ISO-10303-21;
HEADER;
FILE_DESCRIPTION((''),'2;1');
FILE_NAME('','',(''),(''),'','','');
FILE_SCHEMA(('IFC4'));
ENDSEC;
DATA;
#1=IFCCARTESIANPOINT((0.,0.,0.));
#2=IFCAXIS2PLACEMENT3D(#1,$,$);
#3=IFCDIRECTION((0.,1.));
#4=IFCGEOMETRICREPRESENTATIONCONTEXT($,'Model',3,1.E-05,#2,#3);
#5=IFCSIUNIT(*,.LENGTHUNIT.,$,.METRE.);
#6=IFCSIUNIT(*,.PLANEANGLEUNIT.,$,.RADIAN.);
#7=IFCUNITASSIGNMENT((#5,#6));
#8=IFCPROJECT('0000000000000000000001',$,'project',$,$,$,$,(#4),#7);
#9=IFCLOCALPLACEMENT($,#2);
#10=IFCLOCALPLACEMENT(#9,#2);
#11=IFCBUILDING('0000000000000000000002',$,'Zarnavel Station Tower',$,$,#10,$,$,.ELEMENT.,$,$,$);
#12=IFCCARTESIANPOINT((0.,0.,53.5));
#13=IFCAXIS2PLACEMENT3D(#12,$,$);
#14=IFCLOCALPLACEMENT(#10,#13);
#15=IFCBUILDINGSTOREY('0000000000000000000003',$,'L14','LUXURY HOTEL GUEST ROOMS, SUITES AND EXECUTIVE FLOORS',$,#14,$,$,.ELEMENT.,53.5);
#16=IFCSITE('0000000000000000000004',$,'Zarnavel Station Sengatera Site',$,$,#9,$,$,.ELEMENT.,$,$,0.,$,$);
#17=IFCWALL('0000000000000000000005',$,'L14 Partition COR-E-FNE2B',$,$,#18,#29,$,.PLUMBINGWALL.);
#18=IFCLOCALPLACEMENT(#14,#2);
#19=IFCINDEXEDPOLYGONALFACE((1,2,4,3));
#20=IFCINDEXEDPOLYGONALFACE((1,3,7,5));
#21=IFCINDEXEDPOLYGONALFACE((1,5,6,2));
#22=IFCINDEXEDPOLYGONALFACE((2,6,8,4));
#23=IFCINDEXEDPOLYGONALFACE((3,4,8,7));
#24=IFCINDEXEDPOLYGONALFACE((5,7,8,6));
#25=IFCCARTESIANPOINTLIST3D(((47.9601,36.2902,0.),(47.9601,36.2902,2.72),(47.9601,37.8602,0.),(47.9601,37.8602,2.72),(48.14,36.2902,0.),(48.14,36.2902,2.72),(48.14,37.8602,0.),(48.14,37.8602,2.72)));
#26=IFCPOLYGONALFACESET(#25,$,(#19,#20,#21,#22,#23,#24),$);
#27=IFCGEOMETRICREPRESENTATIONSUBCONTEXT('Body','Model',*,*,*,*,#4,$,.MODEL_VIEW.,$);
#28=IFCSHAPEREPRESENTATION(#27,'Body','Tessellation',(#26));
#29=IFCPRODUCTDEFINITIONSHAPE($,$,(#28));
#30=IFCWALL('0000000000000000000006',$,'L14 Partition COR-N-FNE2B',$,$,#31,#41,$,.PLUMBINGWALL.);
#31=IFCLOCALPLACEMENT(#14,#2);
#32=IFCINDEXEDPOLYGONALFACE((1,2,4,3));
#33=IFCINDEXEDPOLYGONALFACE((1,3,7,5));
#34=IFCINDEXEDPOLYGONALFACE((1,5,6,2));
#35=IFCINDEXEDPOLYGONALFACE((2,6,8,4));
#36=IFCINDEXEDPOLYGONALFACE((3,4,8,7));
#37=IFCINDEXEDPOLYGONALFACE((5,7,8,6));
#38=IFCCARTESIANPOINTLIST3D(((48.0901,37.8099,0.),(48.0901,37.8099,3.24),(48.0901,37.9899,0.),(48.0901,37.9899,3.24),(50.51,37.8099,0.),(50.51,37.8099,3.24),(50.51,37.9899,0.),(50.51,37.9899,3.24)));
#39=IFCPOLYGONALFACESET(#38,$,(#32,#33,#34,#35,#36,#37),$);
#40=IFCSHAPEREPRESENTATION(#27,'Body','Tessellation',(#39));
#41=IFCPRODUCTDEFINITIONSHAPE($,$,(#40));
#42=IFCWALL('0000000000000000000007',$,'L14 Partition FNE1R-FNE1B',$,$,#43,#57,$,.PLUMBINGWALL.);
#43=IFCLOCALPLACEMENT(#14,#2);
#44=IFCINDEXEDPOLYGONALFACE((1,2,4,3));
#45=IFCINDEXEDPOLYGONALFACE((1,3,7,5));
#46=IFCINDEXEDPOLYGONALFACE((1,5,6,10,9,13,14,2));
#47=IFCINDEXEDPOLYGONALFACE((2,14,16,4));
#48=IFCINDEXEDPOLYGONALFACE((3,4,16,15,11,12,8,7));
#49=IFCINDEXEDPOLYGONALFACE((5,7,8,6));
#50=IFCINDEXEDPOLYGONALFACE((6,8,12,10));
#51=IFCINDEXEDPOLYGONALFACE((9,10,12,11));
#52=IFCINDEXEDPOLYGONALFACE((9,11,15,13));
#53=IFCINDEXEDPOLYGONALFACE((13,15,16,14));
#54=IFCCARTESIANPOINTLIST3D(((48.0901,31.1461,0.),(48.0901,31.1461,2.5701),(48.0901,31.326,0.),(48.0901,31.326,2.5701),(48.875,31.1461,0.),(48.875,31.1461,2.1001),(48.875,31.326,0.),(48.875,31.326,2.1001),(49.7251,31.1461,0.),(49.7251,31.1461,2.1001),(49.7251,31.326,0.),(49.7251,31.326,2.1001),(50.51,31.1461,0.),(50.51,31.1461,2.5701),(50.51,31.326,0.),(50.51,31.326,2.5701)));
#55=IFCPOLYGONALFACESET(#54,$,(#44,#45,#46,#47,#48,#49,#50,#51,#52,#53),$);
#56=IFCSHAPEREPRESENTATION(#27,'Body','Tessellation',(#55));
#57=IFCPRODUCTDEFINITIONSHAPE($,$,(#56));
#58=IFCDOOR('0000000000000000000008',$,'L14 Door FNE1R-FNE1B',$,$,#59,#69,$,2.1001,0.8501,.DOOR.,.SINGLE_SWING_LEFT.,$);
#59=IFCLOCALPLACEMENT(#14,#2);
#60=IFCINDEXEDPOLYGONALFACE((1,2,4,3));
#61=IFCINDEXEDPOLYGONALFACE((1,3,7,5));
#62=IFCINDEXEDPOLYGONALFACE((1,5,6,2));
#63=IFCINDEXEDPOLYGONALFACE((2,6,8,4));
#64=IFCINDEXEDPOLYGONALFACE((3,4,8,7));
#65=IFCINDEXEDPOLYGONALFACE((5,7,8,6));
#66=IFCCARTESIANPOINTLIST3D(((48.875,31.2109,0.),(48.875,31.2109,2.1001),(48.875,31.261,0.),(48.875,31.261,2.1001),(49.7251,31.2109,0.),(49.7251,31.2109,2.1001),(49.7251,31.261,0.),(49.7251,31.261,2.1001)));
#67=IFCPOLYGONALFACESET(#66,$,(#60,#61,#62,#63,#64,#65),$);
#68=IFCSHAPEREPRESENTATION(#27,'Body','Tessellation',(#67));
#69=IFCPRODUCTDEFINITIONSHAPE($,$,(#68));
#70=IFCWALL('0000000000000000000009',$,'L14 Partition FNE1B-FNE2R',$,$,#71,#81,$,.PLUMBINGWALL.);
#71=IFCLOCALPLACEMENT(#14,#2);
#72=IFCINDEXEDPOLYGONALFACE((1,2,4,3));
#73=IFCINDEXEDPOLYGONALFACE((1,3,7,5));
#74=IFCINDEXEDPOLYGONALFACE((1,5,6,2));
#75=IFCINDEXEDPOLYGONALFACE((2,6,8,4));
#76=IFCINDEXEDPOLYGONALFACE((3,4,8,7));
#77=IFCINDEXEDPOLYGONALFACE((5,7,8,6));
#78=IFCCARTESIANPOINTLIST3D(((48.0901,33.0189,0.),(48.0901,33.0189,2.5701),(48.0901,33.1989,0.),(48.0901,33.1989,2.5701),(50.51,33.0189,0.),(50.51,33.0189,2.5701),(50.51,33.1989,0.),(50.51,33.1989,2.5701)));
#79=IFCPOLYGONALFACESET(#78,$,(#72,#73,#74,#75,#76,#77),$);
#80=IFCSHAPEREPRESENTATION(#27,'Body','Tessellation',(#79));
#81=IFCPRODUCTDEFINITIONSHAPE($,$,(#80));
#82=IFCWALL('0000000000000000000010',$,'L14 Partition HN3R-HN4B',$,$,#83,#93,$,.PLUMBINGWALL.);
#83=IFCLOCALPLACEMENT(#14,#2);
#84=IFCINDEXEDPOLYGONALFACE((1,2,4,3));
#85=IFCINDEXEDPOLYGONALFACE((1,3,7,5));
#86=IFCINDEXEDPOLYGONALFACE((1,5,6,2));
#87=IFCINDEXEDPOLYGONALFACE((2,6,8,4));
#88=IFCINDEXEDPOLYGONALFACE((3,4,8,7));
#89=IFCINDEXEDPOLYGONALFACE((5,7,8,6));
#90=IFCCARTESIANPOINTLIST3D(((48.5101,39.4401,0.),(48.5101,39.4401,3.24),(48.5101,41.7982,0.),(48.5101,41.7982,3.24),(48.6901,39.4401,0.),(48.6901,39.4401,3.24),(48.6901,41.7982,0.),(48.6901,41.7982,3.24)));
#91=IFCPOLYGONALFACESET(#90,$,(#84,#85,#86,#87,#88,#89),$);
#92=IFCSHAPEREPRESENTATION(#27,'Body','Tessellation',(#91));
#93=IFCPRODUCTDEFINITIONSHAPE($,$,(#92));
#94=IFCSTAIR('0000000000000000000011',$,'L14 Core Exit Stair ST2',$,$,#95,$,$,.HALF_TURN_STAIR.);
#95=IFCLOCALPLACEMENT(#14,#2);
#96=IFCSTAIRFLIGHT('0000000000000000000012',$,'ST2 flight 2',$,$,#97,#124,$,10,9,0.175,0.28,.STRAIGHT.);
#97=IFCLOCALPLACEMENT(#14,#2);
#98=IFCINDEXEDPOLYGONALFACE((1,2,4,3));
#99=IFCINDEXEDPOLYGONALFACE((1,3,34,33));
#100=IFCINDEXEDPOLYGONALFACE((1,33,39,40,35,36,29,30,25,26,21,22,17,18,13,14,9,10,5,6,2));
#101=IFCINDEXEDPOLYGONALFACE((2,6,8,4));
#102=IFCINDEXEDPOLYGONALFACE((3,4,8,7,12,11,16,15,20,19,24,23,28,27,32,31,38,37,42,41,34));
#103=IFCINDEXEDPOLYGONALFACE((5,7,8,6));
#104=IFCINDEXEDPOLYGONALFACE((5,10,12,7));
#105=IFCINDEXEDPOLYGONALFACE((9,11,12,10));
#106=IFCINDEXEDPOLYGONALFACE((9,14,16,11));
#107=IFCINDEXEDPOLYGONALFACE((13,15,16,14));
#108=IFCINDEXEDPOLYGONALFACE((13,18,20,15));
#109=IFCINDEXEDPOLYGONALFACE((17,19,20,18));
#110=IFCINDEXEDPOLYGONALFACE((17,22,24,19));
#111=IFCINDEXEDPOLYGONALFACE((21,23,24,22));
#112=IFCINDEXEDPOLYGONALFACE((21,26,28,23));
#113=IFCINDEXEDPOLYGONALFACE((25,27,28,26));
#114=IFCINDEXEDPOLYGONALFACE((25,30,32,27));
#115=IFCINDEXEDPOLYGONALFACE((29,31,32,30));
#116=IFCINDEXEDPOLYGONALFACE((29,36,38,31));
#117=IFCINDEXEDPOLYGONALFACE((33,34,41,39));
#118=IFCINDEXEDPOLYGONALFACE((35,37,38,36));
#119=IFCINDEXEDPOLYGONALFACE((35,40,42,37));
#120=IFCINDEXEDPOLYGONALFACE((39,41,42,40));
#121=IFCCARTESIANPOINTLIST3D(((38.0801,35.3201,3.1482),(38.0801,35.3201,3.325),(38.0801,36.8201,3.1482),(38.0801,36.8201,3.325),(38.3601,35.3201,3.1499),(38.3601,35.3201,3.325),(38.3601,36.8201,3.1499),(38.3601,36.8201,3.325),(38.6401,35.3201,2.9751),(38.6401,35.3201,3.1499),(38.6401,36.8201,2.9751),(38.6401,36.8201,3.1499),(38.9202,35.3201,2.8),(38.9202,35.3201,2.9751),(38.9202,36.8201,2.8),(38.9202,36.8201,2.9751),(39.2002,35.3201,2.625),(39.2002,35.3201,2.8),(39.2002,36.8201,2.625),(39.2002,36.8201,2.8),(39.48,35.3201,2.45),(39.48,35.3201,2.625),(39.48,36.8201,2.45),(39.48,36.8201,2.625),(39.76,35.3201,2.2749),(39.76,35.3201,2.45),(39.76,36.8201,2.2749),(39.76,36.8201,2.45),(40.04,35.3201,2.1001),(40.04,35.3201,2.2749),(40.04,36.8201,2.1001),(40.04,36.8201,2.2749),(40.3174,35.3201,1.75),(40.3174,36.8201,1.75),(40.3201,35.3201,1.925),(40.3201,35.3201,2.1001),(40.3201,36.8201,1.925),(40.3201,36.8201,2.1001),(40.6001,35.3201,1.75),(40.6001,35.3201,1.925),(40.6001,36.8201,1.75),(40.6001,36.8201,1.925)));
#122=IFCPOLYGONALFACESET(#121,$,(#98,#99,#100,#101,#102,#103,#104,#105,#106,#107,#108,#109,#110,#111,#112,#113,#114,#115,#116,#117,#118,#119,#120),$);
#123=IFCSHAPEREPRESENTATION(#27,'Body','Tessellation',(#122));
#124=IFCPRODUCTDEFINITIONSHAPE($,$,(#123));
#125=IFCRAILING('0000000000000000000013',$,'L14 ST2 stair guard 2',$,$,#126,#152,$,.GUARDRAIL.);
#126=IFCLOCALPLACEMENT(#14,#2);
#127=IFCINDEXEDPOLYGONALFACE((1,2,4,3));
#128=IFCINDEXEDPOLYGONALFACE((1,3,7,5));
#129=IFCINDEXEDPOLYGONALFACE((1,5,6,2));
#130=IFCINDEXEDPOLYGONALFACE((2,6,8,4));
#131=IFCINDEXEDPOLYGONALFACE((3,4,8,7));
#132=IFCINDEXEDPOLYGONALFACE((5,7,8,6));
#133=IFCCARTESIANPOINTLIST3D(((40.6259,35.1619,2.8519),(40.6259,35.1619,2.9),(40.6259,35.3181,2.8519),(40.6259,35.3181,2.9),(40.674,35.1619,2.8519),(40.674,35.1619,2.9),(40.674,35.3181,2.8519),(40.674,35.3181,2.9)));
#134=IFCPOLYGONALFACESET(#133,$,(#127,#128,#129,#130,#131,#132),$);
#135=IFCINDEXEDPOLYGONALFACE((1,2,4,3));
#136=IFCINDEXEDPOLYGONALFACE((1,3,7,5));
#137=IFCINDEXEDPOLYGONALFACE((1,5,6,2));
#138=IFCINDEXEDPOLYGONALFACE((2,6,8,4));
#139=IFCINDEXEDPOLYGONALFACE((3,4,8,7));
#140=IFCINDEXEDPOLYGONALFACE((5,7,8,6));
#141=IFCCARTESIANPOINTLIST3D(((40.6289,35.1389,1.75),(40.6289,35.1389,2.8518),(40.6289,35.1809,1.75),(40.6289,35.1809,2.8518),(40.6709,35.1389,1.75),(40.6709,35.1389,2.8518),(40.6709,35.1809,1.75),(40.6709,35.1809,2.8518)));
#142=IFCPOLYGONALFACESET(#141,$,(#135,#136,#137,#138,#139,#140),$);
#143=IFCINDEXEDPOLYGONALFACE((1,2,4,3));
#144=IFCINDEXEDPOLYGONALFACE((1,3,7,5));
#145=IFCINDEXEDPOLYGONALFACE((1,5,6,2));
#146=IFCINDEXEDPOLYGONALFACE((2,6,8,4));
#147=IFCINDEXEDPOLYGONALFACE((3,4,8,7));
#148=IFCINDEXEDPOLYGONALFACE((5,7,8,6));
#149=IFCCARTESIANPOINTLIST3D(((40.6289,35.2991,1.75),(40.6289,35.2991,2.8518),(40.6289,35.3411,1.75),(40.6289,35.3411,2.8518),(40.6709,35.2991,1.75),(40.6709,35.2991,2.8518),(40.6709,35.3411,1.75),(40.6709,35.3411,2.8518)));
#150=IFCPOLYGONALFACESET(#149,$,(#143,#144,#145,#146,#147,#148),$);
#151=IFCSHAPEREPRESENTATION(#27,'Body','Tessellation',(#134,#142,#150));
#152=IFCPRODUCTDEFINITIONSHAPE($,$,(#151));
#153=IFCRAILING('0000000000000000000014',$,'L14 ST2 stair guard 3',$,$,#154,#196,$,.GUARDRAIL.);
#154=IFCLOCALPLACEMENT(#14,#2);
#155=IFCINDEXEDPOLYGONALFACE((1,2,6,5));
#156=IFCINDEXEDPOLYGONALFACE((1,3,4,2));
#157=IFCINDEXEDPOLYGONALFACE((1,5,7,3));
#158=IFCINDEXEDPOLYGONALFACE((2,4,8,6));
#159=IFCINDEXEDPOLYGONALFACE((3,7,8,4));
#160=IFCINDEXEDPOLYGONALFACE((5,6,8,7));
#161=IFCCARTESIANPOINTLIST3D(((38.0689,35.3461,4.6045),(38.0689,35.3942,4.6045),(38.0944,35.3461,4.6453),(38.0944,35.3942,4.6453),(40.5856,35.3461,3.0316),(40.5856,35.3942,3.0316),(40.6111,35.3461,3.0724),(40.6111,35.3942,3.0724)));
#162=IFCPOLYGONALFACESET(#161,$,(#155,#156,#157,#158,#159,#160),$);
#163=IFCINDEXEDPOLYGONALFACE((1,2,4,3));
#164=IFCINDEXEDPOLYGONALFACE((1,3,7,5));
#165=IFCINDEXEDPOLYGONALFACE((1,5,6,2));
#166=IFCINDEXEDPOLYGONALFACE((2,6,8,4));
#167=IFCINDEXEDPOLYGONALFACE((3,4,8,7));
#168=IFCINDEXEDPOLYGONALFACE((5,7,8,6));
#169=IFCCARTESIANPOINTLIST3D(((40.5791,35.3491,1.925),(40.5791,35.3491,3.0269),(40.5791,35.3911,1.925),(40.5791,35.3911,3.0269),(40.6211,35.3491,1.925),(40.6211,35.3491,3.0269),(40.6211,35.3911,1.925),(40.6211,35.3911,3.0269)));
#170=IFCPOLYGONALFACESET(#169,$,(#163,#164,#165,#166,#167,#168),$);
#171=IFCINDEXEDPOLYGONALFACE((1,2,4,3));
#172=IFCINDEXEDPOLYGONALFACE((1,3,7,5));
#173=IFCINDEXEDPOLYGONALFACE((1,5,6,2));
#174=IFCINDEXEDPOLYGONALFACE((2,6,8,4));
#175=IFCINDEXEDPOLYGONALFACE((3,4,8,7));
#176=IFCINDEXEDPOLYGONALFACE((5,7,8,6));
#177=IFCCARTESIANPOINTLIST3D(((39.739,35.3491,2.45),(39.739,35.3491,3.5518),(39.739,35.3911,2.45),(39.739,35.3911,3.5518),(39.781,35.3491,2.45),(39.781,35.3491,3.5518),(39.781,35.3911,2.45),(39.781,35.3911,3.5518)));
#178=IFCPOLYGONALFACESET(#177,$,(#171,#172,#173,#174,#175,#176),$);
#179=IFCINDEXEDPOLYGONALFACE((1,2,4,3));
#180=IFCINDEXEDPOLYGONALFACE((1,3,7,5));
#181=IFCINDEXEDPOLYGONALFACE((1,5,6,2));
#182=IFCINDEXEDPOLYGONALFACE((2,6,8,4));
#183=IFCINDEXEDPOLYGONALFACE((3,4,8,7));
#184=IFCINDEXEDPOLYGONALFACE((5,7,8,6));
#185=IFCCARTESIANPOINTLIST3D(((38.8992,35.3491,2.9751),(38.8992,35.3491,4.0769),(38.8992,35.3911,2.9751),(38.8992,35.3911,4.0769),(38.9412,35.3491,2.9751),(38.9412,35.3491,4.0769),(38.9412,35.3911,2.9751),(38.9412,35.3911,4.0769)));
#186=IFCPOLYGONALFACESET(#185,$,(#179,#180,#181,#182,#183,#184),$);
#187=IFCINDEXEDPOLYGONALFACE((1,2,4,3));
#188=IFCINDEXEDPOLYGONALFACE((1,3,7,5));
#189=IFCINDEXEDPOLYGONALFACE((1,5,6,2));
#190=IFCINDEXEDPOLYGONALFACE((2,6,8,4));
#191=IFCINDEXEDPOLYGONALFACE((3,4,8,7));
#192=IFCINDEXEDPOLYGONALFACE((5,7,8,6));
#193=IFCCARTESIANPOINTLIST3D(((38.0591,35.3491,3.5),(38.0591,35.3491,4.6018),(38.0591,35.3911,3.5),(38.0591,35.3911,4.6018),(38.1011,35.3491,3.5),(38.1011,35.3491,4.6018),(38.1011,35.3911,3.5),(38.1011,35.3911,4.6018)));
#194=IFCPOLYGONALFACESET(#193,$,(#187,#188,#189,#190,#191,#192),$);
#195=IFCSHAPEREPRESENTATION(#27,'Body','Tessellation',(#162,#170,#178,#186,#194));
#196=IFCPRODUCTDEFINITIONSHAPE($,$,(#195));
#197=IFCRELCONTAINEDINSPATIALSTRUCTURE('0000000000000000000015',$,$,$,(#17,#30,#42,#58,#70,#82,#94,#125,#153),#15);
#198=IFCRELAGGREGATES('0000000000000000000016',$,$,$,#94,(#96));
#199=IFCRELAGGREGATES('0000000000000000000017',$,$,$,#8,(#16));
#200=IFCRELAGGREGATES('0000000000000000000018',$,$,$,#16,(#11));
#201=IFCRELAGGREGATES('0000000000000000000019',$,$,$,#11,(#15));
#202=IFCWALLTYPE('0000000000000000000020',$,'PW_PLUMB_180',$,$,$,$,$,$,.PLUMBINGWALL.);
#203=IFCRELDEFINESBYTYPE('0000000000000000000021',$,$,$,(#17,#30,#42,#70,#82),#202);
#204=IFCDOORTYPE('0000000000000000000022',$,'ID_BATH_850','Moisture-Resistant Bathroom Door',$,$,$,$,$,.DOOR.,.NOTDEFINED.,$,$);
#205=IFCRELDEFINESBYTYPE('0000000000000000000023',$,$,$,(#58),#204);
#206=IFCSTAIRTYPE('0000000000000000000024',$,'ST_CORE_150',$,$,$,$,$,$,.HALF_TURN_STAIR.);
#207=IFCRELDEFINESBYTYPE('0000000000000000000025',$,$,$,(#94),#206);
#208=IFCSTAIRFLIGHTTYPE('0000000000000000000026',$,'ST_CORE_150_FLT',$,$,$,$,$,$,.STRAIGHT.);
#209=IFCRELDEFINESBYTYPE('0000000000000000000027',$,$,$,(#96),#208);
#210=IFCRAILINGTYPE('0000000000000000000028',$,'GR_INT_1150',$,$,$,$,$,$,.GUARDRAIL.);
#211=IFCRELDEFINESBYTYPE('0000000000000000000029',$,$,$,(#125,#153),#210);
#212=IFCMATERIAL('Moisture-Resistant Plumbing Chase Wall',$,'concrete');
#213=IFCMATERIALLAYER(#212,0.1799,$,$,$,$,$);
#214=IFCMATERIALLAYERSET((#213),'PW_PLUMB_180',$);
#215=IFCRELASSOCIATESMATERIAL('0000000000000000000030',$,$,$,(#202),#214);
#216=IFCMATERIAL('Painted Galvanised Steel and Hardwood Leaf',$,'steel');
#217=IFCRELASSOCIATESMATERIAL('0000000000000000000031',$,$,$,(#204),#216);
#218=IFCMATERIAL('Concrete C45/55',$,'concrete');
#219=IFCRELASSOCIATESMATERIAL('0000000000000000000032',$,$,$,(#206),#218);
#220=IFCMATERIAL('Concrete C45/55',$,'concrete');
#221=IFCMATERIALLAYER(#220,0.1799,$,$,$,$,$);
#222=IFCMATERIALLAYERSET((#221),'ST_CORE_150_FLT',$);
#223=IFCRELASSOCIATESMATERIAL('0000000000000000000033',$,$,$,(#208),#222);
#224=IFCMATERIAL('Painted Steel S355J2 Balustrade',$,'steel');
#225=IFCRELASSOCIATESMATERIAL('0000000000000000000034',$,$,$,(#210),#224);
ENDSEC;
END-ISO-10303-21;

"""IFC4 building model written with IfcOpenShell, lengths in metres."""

from ifc_helpers import new_model, si_unit, direction, frame, frame_2d, origin, origin_2d, place, context, subcontext, project, spatial, polyline, rectangle, outline, extrude, material, layer, layer_set, type_object, element, fill, aggregate, save


model = new_model("IFC4")

# Units and contexts
model_context = context("Model", 3, precision=1e-05, world=origin(), true_north=direction((0.0, 1.0)))
body_context = subcontext(model_context, "Body", "Model", "MODEL_VIEW")
ifc_project = project(units=[si_unit("LENGTHUNIT", "METRE"), si_unit("PLANEANGLEUNIT", "RADIAN")], contexts=[model_context])

# Site, building, storey
site_placement = place(None, origin())
site = spatial("IfcSite", under=ifc_project, at=site_placement, Name="Zarnavel Station Sengatera Site", CompositionType="ELEMENT", RefElevation=0.0)
building_placement = place(site_placement, origin())
building = spatial("IfcBuilding", under=site, at=building_placement, Name="Zarnavel Station Tower", CompositionType="ELEMENT")
storey_placement = place(building_placement, frame((0.0, 0.0, 53.5)))
storey = spatial("IfcBuildingStorey", under=building, at=storey_placement, Name="L14", Description="LUXURY HOTEL GUEST ROOMS, SUITES AND EXECUTIVE FLOORS", CompositionType="ELEMENT", Elevation=53.5)

# Walls
ifc_material_1 = material(Name="Moisture-Resistant Plumbing Chase Wall", Category="concrete")
ifc_layer_1 = layer(ifc_material_1, 0.1799)
ifc_layer_set_1 = layer_set([ifc_layer_1], Name="PW_PLUMB_180")
wall_type_1 = type_object("IfcWallType", Name="PW_PLUMB_180", PredefinedType="PLUMBINGWALL", material=ifc_layer_set_1)
wall_1_placement = place(storey_placement, frame((48.05, 36.29, 0.0), z_axis=(0.0, 0.0, 1.0), x_axis=(0.0, 1.0, 0.0)))
element("IfcWall", 1, at=wall_1_placement, inside=storey, type_object=wall_type_1, Name="L14 Partition COR-E-FNE2B", PredefinedType="PLUMBINGWALL", context=body_context, shape_type="SweptSolid", body=[
    extrude(rectangle(XDim=1.5701, YDim=0.1799, at=frame_2d((0.7852, 0.0))), origin(), (0.0, 0.0, 1.0), 2.72),
])
wall_2_placement = place(storey_placement, frame((48.0901, 37.8999, 0.0), z_axis=(0.0, 0.0, 1.0), x_axis=(1.0, 0.0, 0.0)))
element("IfcWall", 2, at=wall_2_placement, inside=storey, type_object=wall_type_1, Name="L14 Partition COR-N-FNE2B", PredefinedType="PLUMBINGWALL", context=body_context, shape_type="SweptSolid", body=[
    extrude(rectangle(XDim=2.4199, YDim=0.1799, at=frame_2d((1.21, 0.0))), origin(), (0.0, 0.0, 1.0), 3.24),
])

# Wall, opening, door
wall_3_placement = place(storey_placement, frame((48.0901, 31.2361, 0.0), z_axis=(0.0, 0.0, 1.0), x_axis=(1.0, 0.0, 0.0)))
wall_3 = element("IfcWall", 3, at=wall_3_placement, inside=storey, type_object=wall_type_1, Name="L14 Partition FNE1R-FNE1B", PredefinedType="PLUMBINGWALL", context=body_context, shape_type="SweptSolid", body=[
    extrude(rectangle(XDim=2.4199, YDim=0.1799, at=frame_2d((1.21, 0.0))), origin(), (0.0, 0.0, 1.0), 2.5701),
])
opening_1_placement = place(wall_3_placement, frame((0.7849, 0.0, 0.0)))
opening_1 = element("IfcOpeningElement", 4, at=opening_1_placement, cuts=wall_3, PredefinedType="OPENING", context=body_context, shape_type="SweptSolid", body=[
    extrude(rectangle(XDim=0.8501, YDim=2.1001, at=frame_2d((0.425, 1.05))), frame((0.0, 0.0999, 0.0), z_axis=(0.0, -1.0, 0.0), x_axis=(1.0, 0.0, 0.0)), (0.0, 0.0, 1.0), 0.2),
])
ifc_material_2 = material(Name="Painted Galvanised Steel and Hardwood Leaf", Category="steel")
door_type_1 = type_object("IfcDoorType", Name="ID_BATH_850", Description="Moisture-Resistant Bathroom Door", OperationType="NOTDEFINED", PredefinedType="DOOR", material=ifc_material_2)
door_1_placement = place(opening_1_placement, origin())
door_1 = element("IfcDoor", 5, at=door_1_placement, inside=storey, type_object=door_type_1, Name="L14 Door FNE1R-FNE1B", OperationType="SINGLE_SWING_LEFT", OverallHeight=2.1001, OverallWidth=0.8501, PredefinedType="DOOR", context=body_context, shape_type="SweptSolid", body=[
    extrude(rectangle(XDim=0.8501, YDim=2.1001, at=frame_2d((0.425, 1.05))), frame((0.0, 0.0249, 0.0), z_axis=(0.0, -1.0, 0.0), x_axis=(1.0, 0.0, 0.0)), (0.0, 0.0, 1.0), 0.05),
])
fill(opening_1, door_1)

# Walls
wall_4_placement = place(storey_placement, frame((48.0901, 33.1089, 0.0), z_axis=(0.0, 0.0, 1.0), x_axis=(1.0, 0.0, 0.0)))
element("IfcWall", 6, at=wall_4_placement, inside=storey, type_object=wall_type_1, Name="L14 Partition FNE1B-FNE2R", PredefinedType="PLUMBINGWALL", context=body_context, shape_type="SweptSolid", body=[
    extrude(rectangle(XDim=2.4199, YDim=0.1799, at=frame_2d((1.21, 0.0))), origin(), (0.0, 0.0, 1.0), 2.5701),
])
wall_5_placement = place(storey_placement, frame((48.6001, 39.4399, 0.0), z_axis=(0.0, 0.0, 1.0), x_axis=(0.0, 1.0, 0.0)))
element("IfcWall", 7, at=wall_5_placement, inside=storey, type_object=wall_type_1, Name="L14 Partition HN3R-HN4B", PredefinedType="PLUMBINGWALL", context=body_context, shape_type="SweptSolid", body=[
    extrude(rectangle(XDim=2.3582, YDim=0.1799, at=frame_2d((1.1792, 0.0))), origin(), (0.0, 0.0, 1.0), 3.24),
])

# Stair, stair flight
ifc_material_3 = material(Name="Concrete C45/55", Category="concrete")
stair_type = type_object("IfcStairType", Name="ST_CORE_150", PredefinedType="HALF_TURN_STAIR", material=ifc_material_3)
stair_placement = place(storey_placement, origin())
stair = element("IfcStair", 8, at=stair_placement, inside=storey, type_object=stair_type, Name="L14 Core Exit Stair ST2", PredefinedType="HALF_TURN_STAIR")
ifc_material_4 = material(Name="Concrete C45/55", Category="concrete")
ifc_layer_2 = layer(ifc_material_4, 0.1799)
ifc_layer_set_2 = layer_set([ifc_layer_2], Name="ST_CORE_150_FLT")
stair_flight_type = type_object("IfcStairFlightType", Name="ST_CORE_150_FLT", PredefinedType="STRAIGHT", material=ifc_layer_set_2)
stair_flight_placement = place(storey_placement, frame((40.6001, 36.0701, 1.75), z_axis=(0.0, 0.0, 1.0), x_axis=(-1.0, 0.0, 0.0)))
stair_flight = element("IfcStairFlight", 9, at=stair_flight_placement, type_object=stair_flight_type, Name="ST2 flight 2", NumberOfRisers=10, NumberOfTreads=9, PredefinedType="STRAIGHT", RiserHeight=0.175, TreadLength=0.28, context=body_context, shape_type="SweptSolid", body=[
    extrude(outline(polyline([(0.0, 0.0), (0.0, 0.175), (0.28, 0.175), (0.28, 0.3501), (0.5601, 0.3501), (0.5601, 0.5249), (0.8401, 0.5249), (0.8401, 0.7), (1.1201, 0.7), (1.1201, 0.875), (1.3999, 0.875), (1.3999, 1.05), (1.6799, 1.05), (1.6799, 1.2251), (1.96, 1.2251), (1.96, 1.3999), (2.24, 1.3999), (2.24, 1.575), (2.52, 1.575), (2.52, 1.75), (2.52, 1.3982), (0.2827, 0.0), (0.0, 0.0)])), frame((0.0, 0.75, 0.0), z_axis=(0.0, -1.0, 0.0), x_axis=(1.0, 0.0, 0.0)), (0.0, 0.0, 1.0), 1.5),
])
aggregate(stair, [stair_flight])

# Railings
ifc_material_5 = material(Name="Painted Steel S355J2 Balustrade", Category="steel")
railing_type_1 = type_object("IfcRailingType", Name="GR_INT_1150", PredefinedType="GUARDRAIL", material=ifc_material_5)
railing_1_placement = place(storey_placement, frame((40.6499, 35.1599, 1.75)))
element("IfcRailing", 10, at=railing_1_placement, inside=storey, type_object=railing_type_1, Name="L14 ST2 stair guard 2", PredefinedType="GUARDRAIL", context=body_context, shape_type="SweptSolid", body=[
    extrude(rectangle(XDim=0.0481, YDim=0.0481, at=origin_2d()), frame((0.0, 0.002, 1.126), z_axis=(0.0, 1.0, 0.0), x_axis=(-1.0, 0.0, 0.0)), (0.0, 0.0, 1.0), 0.1562),
    extrude(rectangle(XDim=0.042, YDim=0.042, at=origin_2d()), origin(), (0.0, 0.0, 1.0), 1.1018),
    extrude(rectangle(XDim=0.042, YDim=0.042, at=origin_2d()), frame((0.0, 0.1602, 0.0)), (0.0, 0.0, 1.0), 1.1018),
])
railing_2_placement = place(storey_placement, frame((40.6001, 35.3701, 1.925)))
element("IfcRailing", 11, at=railing_2_placement, inside=storey, type_object=railing_type_1, Name="L14 ST2 stair guard 3", PredefinedType="GUARDRAIL", context=body_context, shape_type="SweptSolid", body=[
    extrude(rectangle(XDim=0.0481, YDim=0.0481, at=origin_2d()), frame((-0.0017, 0.0, 1.127), z_axis=(-0.848008, 0.0, 0.529984), x_axis=(0.0, -1.0, 0.0)), (0.0, 0.0, 1.0), 2.9678),
    extrude(rectangle(XDim=0.042, YDim=0.042, at=origin_2d()), origin(), (0.0, 0.0, 1.0), 1.1018),
    extrude(rectangle(XDim=0.042, YDim=0.042, at=origin_2d()), frame((-0.8401, 0.0, 0.5249)), (0.0, 0.0, 1.0), 1.1018),
    extrude(rectangle(XDim=0.042, YDim=0.042, at=origin_2d()), frame((-1.6799, 0.0, 1.05)), (0.0, 0.0, 1.0), 1.1018),
    extrude(rectangle(XDim=0.042, YDim=0.042, at=origin_2d()), frame((-2.52, 0.0, 1.575)), (0.0, 0.0, 1.0), 1.1018),
])

save(model, "model.ifc")
